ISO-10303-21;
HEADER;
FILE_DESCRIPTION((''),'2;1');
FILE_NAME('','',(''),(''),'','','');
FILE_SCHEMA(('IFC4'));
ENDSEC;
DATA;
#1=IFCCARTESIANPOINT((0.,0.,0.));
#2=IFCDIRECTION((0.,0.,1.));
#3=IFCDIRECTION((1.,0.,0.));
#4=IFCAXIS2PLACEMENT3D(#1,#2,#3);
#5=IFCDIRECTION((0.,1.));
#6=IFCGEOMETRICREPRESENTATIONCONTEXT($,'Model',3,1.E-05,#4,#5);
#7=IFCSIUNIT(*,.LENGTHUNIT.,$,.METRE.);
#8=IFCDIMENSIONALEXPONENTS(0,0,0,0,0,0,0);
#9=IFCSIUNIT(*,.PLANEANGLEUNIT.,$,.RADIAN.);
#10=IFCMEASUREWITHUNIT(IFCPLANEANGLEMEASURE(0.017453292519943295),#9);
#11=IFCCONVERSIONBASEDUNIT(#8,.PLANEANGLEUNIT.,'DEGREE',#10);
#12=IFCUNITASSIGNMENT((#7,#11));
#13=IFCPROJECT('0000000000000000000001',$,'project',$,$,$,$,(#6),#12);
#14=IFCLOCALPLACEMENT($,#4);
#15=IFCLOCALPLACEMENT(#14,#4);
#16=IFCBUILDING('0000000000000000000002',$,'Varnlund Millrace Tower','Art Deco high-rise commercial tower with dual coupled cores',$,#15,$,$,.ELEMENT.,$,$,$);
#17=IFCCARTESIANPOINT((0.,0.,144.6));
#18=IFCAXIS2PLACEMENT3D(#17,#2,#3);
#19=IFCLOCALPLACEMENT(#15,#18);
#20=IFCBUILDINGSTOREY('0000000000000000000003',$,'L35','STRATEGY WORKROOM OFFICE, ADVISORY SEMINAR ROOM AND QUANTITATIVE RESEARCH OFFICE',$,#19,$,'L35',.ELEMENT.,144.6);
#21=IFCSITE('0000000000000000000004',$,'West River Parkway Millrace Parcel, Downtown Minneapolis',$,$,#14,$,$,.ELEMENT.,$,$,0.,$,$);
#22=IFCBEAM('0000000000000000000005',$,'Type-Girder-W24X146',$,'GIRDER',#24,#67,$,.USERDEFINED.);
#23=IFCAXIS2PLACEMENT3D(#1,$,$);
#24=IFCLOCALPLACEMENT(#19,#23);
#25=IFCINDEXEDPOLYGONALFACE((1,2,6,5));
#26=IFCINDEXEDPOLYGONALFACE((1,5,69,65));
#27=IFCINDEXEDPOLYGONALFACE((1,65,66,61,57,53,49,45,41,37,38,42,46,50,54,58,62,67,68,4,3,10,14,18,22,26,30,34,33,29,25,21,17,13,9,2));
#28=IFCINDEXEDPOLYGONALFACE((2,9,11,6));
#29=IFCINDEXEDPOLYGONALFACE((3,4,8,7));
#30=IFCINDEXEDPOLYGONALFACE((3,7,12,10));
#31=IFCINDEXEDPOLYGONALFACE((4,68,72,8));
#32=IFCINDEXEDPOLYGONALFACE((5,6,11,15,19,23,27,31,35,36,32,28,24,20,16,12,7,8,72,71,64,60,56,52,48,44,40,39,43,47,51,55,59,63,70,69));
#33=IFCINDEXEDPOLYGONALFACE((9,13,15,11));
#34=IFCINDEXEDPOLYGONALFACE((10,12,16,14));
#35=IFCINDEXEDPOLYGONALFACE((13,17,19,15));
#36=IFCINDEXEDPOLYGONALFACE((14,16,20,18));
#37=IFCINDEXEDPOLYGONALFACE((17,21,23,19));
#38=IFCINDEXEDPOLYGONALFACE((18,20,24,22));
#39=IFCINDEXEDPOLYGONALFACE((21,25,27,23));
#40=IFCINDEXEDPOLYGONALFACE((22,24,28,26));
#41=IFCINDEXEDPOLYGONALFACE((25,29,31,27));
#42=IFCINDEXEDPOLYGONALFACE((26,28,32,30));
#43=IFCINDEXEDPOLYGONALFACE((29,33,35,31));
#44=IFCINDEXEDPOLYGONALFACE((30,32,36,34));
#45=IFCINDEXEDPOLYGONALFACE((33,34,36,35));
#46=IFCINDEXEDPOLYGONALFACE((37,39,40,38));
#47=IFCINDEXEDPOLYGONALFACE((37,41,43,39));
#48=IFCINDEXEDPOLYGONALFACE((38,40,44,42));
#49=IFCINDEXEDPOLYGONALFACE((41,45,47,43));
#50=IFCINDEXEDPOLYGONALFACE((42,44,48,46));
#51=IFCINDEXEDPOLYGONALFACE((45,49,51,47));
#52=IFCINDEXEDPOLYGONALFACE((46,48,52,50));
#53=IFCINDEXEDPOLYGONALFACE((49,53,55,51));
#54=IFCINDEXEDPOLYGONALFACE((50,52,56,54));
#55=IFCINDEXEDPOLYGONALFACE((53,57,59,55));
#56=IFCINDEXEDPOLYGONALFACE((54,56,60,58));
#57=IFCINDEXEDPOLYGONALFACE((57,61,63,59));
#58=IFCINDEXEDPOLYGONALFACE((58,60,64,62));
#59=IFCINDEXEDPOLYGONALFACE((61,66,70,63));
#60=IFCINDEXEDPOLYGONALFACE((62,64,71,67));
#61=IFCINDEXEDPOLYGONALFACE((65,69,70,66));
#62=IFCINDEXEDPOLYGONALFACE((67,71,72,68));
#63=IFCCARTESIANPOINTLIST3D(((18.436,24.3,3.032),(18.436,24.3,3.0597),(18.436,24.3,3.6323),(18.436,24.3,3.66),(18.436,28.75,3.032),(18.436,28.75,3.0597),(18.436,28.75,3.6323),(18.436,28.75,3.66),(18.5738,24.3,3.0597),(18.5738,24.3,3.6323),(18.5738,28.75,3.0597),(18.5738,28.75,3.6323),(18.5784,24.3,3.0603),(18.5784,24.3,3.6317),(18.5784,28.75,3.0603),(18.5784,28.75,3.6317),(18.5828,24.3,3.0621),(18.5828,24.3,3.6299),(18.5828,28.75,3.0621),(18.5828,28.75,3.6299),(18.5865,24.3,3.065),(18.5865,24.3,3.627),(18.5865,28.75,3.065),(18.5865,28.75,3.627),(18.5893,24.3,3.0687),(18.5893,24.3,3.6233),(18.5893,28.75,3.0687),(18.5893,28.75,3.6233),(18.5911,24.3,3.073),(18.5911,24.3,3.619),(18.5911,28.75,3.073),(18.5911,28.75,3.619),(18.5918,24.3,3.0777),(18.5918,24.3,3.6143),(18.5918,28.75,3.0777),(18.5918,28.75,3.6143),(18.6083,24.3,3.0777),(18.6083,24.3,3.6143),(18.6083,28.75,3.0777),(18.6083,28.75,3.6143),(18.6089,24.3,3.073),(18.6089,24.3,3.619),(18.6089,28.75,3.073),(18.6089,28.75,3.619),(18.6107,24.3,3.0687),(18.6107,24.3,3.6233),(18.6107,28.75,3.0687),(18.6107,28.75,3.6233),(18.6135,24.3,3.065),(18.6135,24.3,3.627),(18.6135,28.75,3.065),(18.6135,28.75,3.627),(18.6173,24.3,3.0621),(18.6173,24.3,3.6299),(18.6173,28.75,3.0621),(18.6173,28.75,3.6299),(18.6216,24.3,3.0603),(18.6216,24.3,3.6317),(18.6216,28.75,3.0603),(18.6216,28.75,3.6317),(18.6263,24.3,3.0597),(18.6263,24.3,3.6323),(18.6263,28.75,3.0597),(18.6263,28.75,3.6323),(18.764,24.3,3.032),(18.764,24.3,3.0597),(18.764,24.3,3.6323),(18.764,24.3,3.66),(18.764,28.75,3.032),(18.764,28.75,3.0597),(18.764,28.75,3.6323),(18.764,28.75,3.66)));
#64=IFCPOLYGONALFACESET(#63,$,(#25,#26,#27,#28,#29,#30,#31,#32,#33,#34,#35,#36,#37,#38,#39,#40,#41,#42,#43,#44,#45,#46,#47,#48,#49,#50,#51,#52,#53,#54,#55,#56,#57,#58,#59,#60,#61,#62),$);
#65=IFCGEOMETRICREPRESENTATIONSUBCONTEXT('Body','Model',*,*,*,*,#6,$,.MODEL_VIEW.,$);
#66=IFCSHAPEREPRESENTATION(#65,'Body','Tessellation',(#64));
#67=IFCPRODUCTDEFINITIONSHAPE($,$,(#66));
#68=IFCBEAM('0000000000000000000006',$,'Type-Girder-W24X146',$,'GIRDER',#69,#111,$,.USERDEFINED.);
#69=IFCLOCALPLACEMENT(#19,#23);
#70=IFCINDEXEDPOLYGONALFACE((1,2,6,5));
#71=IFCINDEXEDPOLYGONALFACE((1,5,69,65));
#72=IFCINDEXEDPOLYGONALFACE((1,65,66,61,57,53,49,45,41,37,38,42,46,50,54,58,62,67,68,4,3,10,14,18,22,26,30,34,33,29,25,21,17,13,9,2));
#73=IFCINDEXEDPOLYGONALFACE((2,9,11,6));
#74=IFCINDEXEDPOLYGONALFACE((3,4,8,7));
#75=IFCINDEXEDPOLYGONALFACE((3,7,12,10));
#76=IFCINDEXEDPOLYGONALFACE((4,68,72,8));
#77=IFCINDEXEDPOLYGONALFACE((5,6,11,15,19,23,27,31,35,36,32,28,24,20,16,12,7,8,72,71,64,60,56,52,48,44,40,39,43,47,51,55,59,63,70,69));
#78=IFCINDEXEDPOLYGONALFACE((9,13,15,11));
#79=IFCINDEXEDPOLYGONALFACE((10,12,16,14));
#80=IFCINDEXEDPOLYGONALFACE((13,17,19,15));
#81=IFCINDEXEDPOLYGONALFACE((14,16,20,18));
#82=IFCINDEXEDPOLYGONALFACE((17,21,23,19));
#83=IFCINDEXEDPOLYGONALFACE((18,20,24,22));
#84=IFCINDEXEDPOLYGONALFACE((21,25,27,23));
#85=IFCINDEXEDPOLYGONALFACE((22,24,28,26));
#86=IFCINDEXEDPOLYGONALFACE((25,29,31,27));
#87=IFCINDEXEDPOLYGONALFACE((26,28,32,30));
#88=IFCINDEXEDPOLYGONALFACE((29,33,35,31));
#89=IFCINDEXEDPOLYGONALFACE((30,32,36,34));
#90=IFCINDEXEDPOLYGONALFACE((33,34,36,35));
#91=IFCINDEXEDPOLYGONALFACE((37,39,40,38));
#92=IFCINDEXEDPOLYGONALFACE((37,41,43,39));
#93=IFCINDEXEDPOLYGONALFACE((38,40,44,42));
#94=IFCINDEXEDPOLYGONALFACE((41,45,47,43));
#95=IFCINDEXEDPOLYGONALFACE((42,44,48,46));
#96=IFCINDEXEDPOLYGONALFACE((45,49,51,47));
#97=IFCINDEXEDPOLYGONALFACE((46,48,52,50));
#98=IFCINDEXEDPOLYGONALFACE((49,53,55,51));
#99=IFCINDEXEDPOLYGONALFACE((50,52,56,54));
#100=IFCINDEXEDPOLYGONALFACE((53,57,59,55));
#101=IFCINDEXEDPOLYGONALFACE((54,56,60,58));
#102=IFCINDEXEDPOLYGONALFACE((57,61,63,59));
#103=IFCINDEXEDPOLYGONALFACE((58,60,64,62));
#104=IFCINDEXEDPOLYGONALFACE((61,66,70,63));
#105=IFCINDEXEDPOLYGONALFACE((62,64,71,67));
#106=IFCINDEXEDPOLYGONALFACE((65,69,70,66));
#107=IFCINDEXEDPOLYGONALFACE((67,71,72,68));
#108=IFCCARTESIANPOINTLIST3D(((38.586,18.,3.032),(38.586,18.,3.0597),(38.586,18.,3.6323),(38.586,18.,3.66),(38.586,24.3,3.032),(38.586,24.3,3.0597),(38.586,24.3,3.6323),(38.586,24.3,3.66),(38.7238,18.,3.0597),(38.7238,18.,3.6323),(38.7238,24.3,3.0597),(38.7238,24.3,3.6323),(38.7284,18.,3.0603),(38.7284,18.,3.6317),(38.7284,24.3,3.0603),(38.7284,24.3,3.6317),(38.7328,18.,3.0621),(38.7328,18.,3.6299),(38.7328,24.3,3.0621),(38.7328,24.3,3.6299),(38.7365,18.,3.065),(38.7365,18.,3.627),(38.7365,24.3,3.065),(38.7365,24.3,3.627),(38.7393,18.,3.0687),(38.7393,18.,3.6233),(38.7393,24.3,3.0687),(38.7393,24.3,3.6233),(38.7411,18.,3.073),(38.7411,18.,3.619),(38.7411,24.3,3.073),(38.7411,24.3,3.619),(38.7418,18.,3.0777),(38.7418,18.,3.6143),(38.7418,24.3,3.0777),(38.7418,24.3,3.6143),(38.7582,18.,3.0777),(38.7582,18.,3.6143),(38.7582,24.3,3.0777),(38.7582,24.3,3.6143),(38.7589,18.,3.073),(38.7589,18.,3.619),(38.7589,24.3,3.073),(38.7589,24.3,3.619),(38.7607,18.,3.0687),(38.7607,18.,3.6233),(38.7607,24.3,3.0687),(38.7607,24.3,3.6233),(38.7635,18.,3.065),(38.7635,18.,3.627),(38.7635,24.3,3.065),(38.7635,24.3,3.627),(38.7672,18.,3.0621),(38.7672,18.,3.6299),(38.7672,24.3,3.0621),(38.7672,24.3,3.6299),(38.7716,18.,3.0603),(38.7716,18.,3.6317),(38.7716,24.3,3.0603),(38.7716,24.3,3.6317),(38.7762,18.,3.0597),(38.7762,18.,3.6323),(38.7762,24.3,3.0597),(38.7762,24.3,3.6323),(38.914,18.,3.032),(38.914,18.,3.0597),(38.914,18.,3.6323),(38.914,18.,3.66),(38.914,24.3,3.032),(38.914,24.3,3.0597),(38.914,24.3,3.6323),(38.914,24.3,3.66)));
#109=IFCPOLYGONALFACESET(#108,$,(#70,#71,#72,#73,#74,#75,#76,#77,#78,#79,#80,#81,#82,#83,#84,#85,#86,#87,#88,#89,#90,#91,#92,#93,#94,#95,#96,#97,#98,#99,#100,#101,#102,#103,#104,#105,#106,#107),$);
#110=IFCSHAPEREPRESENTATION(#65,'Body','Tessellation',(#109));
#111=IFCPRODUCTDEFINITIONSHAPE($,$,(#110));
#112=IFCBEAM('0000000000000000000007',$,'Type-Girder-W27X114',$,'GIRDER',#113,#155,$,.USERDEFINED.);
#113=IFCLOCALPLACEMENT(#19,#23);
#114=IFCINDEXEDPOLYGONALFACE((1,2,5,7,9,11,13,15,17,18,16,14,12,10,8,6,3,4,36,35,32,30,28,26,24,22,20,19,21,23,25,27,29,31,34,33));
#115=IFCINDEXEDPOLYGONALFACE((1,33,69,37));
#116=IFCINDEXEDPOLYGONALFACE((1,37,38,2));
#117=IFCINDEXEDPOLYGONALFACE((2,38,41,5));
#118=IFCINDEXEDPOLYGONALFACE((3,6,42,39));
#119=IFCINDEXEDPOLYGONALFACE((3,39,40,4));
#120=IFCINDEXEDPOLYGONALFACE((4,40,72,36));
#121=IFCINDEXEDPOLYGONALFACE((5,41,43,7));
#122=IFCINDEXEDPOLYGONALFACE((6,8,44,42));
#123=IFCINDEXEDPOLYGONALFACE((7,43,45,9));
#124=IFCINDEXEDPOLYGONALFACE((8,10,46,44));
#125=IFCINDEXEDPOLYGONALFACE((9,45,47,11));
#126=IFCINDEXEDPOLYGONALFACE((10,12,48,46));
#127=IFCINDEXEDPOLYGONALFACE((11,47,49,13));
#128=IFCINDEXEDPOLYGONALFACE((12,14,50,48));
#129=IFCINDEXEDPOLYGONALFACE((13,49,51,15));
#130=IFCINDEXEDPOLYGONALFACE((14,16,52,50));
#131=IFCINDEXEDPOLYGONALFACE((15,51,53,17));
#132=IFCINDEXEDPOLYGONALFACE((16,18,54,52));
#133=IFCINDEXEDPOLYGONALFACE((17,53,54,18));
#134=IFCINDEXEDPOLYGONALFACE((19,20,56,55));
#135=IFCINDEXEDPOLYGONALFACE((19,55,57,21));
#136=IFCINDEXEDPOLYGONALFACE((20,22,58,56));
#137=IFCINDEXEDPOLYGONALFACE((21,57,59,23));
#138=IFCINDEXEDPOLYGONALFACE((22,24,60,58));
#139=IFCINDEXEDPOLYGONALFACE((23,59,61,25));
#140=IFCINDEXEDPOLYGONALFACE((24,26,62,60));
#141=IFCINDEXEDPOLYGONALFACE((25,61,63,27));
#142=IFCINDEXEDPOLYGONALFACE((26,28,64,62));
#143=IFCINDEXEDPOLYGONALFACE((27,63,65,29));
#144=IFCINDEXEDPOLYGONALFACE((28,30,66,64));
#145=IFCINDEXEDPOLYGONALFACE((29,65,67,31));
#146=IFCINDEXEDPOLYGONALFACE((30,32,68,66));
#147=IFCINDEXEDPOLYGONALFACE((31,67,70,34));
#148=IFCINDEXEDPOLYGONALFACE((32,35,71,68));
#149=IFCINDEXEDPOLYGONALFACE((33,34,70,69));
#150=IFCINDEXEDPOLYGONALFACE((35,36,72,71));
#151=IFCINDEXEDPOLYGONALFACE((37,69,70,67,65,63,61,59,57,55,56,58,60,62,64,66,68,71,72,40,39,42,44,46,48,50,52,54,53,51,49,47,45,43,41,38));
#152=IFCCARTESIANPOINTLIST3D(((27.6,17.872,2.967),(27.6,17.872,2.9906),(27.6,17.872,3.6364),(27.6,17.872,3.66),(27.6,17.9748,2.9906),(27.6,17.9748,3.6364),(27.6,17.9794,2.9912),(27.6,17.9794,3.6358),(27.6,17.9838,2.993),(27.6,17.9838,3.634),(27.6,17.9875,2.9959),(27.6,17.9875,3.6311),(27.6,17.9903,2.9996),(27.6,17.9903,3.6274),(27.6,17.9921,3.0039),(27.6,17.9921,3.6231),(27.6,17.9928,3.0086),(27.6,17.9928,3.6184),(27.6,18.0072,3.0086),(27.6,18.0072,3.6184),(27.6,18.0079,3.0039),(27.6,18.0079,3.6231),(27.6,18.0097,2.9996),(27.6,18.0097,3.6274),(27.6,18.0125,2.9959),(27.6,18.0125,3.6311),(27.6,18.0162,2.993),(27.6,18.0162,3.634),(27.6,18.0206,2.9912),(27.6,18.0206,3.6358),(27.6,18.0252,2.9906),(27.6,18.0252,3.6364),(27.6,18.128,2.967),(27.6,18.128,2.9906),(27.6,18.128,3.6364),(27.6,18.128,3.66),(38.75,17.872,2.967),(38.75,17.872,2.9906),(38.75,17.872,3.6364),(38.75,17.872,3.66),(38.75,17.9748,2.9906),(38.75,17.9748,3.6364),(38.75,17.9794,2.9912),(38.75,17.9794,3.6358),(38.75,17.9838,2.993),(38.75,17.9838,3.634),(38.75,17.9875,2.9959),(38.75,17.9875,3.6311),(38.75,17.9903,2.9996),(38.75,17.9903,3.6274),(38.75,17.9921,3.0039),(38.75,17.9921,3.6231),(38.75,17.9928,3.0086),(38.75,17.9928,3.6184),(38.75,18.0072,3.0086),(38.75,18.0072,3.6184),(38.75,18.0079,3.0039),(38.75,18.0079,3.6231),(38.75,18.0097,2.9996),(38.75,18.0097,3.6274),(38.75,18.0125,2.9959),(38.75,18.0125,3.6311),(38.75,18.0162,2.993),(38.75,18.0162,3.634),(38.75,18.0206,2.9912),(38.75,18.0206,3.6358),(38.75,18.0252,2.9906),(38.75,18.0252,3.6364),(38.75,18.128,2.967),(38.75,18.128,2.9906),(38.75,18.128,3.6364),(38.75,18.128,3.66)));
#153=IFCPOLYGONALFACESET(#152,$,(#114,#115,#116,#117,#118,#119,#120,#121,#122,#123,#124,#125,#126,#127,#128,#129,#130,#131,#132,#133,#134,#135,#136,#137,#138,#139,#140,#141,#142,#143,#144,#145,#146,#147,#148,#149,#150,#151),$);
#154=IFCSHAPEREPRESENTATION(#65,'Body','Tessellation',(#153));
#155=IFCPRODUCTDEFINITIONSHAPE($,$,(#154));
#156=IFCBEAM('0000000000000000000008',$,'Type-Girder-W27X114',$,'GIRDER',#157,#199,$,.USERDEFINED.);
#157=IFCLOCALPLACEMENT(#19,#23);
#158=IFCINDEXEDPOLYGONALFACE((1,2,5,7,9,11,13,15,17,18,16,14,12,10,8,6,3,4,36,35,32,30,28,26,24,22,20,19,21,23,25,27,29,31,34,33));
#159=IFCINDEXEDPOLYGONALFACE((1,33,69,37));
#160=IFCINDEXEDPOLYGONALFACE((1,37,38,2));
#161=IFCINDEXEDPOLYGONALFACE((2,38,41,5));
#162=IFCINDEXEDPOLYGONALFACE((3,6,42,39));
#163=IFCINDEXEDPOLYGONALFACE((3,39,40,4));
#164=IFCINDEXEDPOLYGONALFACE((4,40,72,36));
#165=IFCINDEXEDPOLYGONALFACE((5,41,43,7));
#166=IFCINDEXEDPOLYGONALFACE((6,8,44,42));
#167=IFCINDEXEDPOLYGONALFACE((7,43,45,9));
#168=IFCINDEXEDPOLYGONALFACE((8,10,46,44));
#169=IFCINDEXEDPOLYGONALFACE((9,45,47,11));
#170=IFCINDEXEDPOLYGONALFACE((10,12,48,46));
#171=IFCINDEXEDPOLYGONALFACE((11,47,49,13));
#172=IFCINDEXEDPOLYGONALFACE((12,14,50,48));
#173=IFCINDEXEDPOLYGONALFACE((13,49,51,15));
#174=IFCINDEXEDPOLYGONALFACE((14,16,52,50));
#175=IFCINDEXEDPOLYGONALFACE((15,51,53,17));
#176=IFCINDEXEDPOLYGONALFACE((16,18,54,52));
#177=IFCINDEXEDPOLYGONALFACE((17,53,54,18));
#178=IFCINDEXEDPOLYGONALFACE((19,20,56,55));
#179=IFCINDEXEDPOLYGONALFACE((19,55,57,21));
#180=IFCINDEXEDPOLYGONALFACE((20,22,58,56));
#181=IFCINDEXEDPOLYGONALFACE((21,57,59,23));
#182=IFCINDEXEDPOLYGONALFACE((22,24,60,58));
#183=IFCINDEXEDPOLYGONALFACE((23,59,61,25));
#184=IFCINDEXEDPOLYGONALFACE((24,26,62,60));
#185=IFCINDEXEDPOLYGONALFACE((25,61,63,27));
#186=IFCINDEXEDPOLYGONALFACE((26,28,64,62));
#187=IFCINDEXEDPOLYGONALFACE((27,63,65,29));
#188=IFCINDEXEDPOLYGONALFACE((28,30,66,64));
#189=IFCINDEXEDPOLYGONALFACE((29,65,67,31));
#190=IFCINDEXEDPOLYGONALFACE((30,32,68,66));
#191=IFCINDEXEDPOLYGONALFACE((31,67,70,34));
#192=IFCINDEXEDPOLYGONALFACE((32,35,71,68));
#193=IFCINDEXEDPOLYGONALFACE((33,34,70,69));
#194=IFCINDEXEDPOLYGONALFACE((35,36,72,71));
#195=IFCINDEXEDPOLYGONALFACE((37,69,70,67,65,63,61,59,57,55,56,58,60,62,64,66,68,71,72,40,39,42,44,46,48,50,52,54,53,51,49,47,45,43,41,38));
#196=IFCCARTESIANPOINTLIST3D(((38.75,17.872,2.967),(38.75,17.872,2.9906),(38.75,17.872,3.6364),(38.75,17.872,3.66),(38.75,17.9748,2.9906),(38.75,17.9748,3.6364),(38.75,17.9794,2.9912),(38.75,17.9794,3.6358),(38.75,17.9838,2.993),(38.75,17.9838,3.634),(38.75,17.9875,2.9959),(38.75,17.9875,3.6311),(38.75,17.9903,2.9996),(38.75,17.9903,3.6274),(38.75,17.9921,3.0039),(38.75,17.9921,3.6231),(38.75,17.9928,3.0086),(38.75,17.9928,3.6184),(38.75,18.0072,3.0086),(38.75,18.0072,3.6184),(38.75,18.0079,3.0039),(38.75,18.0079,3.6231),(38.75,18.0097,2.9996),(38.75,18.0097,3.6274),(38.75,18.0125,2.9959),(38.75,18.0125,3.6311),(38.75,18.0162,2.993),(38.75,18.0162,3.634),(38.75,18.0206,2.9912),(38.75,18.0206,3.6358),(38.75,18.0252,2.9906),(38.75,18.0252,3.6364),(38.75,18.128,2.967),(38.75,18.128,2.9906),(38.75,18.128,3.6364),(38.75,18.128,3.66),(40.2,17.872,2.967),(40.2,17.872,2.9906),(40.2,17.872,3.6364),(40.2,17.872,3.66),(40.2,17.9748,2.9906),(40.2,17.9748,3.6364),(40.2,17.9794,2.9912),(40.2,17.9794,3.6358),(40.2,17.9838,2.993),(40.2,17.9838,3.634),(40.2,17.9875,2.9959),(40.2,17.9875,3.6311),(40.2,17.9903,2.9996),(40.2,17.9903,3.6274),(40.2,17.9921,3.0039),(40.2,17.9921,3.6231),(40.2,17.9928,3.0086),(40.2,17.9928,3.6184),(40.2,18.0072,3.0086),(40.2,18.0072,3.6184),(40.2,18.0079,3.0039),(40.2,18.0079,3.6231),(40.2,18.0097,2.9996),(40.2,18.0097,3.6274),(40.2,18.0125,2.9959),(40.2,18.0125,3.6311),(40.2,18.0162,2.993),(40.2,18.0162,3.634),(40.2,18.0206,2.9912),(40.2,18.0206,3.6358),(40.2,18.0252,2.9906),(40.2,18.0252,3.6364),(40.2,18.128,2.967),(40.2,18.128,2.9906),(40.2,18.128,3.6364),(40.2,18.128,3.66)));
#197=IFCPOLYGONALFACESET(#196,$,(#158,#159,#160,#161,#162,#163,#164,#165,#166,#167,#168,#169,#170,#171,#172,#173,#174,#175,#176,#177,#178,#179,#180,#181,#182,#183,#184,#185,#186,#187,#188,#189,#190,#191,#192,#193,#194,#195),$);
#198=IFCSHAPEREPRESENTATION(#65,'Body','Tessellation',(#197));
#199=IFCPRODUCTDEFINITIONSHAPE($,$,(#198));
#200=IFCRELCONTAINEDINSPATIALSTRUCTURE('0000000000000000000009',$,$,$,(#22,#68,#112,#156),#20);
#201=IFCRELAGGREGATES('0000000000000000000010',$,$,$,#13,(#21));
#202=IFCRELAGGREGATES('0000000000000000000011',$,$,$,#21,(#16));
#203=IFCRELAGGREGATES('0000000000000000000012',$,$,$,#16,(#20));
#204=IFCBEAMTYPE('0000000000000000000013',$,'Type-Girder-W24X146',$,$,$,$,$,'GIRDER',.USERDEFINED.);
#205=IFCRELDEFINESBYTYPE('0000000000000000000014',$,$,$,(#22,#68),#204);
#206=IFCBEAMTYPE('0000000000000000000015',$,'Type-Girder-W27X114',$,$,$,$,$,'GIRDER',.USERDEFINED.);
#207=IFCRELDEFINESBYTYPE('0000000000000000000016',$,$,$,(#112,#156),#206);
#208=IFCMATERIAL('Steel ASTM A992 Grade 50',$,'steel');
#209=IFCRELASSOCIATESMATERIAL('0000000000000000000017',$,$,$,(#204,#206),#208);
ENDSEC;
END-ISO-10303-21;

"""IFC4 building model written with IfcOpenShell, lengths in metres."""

from ifc_helpers import new_model, entity, si_unit, converted_unit, direction, frame, origin_with_axes, origin_2d_with_axis, place, context, subcontext, project, spatial, i_section, extrude, material, material_profile, profile_set, type_object, element, save


model = new_model("IFC4")

# Units and contexts
model_context = context("Model", 3, precision=1e-05, world=origin_with_axes(), true_north=direction((0.0, 1.0)))
body_context = subcontext(model_context, "Body", "Model", "MODEL_VIEW")
ifc_project = project(units=[si_unit("LENGTHUNIT", "METRE"), converted_unit("PLANEANGLEUNIT", "DEGREE", entity("IfcPlaneAngleMeasure", 0.017453292519943295), si_unit("PLANEANGLEUNIT", "RADIAN"), dimensions=[0, 0, 0, 0, 0, 0, 0])], contexts=[model_context])

# Site, building, storey
site_placement = place(None, origin_with_axes())
site = spatial("IfcSite", under=ifc_project, at=site_placement, Name="West River Parkway Millrace Parcel, Downtown Minneapolis", CompositionType="ELEMENT", RefElevation=0.0)
building_placement = place(site_placement, origin_with_axes())
building = spatial("IfcBuilding", under=site, at=building_placement, Name="Varnlund Millrace Tower", Description="Art Deco high-rise commercial tower with dual coupled cores", CompositionType="ELEMENT")
storey_placement = place(building_placement, frame((0.0, 0.0, 144.6), z_axis=(0.0, 0.0, 1.0), x_axis=(1.0, 0.0, 0.0)))
storey = spatial("IfcBuildingStorey", under=building, at=storey_placement, Name="L35", Description="STRATEGY WORKROOM OFFICE, ADVISORY SEMINAR ROOM AND QUANTITATIVE RESEARCH OFFICE", LongName="L35", CompositionType="ELEMENT", Elevation=144.6)

# Beams
ifc_material_1 = material(Name="Steel ASTM A992 Grade 50", Category="steel")
ifc_material_profile_1 = material_profile(ifc_material_1, i_section(OverallWidth=0.328, OverallDepth=0.628, WebThickness=0.0165, FlangeThickness=0.0277, FilletRadius=0.018, at=origin_2d_with_axis()), Name="Steel ASTM A992 Grade 50")
ifc_profile_set_1 = profile_set([ifc_material_profile_1], Name="Steel ASTM A992 Grade 50")
beam_type_1 = type_object("IfcBeamType", Name="Type-Girder-W24X146", ElementType="GIRDER", PredefinedType="USERDEFINED", material=ifc_profile_set_1)
beam_1_placement = place(storey_placement, frame((18.6, 24.3, 3.346), z_axis=(0.0, 1.0, 0.0), x_axis=(-1.0, 0.0, 0.0)))
element("IfcBeam", 1, at=beam_1_placement, inside=storey, type_object=beam_type_1, Name="Type-Girder-W24X146", ObjectType="GIRDER", PredefinedType="USERDEFINED", context=body_context, shape_type="SweptSolid", body=[
    extrude(i_section(OverallWidth=0.328, OverallDepth=0.628, WebThickness=0.0165, FlangeThickness=0.0277, FilletRadius=0.018, at=origin_2d_with_axis()), origin_with_axes(), (0.0, 0.0, 1.0), 4.45),
])
beam_2_placement = place(storey_placement, frame((38.75, 18.0, 3.346), z_axis=(0.0, 1.0, 0.0), x_axis=(-1.0, 0.0, 0.0)))
element("IfcBeam", 2, at=beam_2_placement, inside=storey, type_object=beam_type_1, Name="Type-Girder-W24X146", ObjectType="GIRDER", PredefinedType="USERDEFINED", context=body_context, shape_type="SweptSolid", body=[
    extrude(i_section(OverallWidth=0.328, OverallDepth=0.628, WebThickness=0.0165, FlangeThickness=0.0277, FilletRadius=0.018, at=origin_2d_with_axis()), origin_with_axes(), (0.0, 0.0, 1.0), 6.3),
])
ifc_material_profile_2 = material_profile(ifc_material_1, i_section(OverallWidth=0.256, OverallDepth=0.693, WebThickness=0.0145, FlangeThickness=0.0236, FilletRadius=0.018, at=origin_2d_with_axis()), Name="Steel ASTM A992 Grade 50")
ifc_profile_set_2 = profile_set([ifc_material_profile_2], Name="Steel ASTM A992 Grade 50")
beam_type_2 = type_object("IfcBeamType", Name="Type-Girder-W27X114", ElementType="GIRDER", PredefinedType="USERDEFINED", material=ifc_profile_set_2)
beam_3_placement = place(storey_placement, frame((27.6, 18.0, 3.3135), z_axis=(1.0, 0.0, 0.0), x_axis=(0.0, 1.0, 0.0)))
element("IfcBeam", 3, at=beam_3_placement, inside=storey, type_object=beam_type_2, Name="Type-Girder-W27X114", ObjectType="GIRDER", PredefinedType="USERDEFINED", context=body_context, shape_type="SweptSolid", body=[
    extrude(i_section(OverallWidth=0.256, OverallDepth=0.693, WebThickness=0.0145, FlangeThickness=0.0236, FilletRadius=0.018, at=origin_2d_with_axis()), origin_with_axes(), (0.0, 0.0, 1.0), 11.15),
])
beam_4_placement = place(storey_placement, frame((38.75, 18.0, 3.3135), z_axis=(1.0, 0.0, 0.0), x_axis=(0.0, 1.0, 0.0)))
element("IfcBeam", 4, at=beam_4_placement, inside=storey, type_object=beam_type_2, Name="Type-Girder-W27X114", ObjectType="GIRDER", PredefinedType="USERDEFINED", context=body_context, shape_type="SweptSolid", body=[
    extrude(i_section(OverallWidth=0.256, OverallDepth=0.693, WebThickness=0.0145, FlangeThickness=0.0236, FilletRadius=0.018, at=origin_2d_with_axis()), origin_with_axes(), (0.0, 0.0, 1.0), 1.45),
])

save(model, "model.ifc")
